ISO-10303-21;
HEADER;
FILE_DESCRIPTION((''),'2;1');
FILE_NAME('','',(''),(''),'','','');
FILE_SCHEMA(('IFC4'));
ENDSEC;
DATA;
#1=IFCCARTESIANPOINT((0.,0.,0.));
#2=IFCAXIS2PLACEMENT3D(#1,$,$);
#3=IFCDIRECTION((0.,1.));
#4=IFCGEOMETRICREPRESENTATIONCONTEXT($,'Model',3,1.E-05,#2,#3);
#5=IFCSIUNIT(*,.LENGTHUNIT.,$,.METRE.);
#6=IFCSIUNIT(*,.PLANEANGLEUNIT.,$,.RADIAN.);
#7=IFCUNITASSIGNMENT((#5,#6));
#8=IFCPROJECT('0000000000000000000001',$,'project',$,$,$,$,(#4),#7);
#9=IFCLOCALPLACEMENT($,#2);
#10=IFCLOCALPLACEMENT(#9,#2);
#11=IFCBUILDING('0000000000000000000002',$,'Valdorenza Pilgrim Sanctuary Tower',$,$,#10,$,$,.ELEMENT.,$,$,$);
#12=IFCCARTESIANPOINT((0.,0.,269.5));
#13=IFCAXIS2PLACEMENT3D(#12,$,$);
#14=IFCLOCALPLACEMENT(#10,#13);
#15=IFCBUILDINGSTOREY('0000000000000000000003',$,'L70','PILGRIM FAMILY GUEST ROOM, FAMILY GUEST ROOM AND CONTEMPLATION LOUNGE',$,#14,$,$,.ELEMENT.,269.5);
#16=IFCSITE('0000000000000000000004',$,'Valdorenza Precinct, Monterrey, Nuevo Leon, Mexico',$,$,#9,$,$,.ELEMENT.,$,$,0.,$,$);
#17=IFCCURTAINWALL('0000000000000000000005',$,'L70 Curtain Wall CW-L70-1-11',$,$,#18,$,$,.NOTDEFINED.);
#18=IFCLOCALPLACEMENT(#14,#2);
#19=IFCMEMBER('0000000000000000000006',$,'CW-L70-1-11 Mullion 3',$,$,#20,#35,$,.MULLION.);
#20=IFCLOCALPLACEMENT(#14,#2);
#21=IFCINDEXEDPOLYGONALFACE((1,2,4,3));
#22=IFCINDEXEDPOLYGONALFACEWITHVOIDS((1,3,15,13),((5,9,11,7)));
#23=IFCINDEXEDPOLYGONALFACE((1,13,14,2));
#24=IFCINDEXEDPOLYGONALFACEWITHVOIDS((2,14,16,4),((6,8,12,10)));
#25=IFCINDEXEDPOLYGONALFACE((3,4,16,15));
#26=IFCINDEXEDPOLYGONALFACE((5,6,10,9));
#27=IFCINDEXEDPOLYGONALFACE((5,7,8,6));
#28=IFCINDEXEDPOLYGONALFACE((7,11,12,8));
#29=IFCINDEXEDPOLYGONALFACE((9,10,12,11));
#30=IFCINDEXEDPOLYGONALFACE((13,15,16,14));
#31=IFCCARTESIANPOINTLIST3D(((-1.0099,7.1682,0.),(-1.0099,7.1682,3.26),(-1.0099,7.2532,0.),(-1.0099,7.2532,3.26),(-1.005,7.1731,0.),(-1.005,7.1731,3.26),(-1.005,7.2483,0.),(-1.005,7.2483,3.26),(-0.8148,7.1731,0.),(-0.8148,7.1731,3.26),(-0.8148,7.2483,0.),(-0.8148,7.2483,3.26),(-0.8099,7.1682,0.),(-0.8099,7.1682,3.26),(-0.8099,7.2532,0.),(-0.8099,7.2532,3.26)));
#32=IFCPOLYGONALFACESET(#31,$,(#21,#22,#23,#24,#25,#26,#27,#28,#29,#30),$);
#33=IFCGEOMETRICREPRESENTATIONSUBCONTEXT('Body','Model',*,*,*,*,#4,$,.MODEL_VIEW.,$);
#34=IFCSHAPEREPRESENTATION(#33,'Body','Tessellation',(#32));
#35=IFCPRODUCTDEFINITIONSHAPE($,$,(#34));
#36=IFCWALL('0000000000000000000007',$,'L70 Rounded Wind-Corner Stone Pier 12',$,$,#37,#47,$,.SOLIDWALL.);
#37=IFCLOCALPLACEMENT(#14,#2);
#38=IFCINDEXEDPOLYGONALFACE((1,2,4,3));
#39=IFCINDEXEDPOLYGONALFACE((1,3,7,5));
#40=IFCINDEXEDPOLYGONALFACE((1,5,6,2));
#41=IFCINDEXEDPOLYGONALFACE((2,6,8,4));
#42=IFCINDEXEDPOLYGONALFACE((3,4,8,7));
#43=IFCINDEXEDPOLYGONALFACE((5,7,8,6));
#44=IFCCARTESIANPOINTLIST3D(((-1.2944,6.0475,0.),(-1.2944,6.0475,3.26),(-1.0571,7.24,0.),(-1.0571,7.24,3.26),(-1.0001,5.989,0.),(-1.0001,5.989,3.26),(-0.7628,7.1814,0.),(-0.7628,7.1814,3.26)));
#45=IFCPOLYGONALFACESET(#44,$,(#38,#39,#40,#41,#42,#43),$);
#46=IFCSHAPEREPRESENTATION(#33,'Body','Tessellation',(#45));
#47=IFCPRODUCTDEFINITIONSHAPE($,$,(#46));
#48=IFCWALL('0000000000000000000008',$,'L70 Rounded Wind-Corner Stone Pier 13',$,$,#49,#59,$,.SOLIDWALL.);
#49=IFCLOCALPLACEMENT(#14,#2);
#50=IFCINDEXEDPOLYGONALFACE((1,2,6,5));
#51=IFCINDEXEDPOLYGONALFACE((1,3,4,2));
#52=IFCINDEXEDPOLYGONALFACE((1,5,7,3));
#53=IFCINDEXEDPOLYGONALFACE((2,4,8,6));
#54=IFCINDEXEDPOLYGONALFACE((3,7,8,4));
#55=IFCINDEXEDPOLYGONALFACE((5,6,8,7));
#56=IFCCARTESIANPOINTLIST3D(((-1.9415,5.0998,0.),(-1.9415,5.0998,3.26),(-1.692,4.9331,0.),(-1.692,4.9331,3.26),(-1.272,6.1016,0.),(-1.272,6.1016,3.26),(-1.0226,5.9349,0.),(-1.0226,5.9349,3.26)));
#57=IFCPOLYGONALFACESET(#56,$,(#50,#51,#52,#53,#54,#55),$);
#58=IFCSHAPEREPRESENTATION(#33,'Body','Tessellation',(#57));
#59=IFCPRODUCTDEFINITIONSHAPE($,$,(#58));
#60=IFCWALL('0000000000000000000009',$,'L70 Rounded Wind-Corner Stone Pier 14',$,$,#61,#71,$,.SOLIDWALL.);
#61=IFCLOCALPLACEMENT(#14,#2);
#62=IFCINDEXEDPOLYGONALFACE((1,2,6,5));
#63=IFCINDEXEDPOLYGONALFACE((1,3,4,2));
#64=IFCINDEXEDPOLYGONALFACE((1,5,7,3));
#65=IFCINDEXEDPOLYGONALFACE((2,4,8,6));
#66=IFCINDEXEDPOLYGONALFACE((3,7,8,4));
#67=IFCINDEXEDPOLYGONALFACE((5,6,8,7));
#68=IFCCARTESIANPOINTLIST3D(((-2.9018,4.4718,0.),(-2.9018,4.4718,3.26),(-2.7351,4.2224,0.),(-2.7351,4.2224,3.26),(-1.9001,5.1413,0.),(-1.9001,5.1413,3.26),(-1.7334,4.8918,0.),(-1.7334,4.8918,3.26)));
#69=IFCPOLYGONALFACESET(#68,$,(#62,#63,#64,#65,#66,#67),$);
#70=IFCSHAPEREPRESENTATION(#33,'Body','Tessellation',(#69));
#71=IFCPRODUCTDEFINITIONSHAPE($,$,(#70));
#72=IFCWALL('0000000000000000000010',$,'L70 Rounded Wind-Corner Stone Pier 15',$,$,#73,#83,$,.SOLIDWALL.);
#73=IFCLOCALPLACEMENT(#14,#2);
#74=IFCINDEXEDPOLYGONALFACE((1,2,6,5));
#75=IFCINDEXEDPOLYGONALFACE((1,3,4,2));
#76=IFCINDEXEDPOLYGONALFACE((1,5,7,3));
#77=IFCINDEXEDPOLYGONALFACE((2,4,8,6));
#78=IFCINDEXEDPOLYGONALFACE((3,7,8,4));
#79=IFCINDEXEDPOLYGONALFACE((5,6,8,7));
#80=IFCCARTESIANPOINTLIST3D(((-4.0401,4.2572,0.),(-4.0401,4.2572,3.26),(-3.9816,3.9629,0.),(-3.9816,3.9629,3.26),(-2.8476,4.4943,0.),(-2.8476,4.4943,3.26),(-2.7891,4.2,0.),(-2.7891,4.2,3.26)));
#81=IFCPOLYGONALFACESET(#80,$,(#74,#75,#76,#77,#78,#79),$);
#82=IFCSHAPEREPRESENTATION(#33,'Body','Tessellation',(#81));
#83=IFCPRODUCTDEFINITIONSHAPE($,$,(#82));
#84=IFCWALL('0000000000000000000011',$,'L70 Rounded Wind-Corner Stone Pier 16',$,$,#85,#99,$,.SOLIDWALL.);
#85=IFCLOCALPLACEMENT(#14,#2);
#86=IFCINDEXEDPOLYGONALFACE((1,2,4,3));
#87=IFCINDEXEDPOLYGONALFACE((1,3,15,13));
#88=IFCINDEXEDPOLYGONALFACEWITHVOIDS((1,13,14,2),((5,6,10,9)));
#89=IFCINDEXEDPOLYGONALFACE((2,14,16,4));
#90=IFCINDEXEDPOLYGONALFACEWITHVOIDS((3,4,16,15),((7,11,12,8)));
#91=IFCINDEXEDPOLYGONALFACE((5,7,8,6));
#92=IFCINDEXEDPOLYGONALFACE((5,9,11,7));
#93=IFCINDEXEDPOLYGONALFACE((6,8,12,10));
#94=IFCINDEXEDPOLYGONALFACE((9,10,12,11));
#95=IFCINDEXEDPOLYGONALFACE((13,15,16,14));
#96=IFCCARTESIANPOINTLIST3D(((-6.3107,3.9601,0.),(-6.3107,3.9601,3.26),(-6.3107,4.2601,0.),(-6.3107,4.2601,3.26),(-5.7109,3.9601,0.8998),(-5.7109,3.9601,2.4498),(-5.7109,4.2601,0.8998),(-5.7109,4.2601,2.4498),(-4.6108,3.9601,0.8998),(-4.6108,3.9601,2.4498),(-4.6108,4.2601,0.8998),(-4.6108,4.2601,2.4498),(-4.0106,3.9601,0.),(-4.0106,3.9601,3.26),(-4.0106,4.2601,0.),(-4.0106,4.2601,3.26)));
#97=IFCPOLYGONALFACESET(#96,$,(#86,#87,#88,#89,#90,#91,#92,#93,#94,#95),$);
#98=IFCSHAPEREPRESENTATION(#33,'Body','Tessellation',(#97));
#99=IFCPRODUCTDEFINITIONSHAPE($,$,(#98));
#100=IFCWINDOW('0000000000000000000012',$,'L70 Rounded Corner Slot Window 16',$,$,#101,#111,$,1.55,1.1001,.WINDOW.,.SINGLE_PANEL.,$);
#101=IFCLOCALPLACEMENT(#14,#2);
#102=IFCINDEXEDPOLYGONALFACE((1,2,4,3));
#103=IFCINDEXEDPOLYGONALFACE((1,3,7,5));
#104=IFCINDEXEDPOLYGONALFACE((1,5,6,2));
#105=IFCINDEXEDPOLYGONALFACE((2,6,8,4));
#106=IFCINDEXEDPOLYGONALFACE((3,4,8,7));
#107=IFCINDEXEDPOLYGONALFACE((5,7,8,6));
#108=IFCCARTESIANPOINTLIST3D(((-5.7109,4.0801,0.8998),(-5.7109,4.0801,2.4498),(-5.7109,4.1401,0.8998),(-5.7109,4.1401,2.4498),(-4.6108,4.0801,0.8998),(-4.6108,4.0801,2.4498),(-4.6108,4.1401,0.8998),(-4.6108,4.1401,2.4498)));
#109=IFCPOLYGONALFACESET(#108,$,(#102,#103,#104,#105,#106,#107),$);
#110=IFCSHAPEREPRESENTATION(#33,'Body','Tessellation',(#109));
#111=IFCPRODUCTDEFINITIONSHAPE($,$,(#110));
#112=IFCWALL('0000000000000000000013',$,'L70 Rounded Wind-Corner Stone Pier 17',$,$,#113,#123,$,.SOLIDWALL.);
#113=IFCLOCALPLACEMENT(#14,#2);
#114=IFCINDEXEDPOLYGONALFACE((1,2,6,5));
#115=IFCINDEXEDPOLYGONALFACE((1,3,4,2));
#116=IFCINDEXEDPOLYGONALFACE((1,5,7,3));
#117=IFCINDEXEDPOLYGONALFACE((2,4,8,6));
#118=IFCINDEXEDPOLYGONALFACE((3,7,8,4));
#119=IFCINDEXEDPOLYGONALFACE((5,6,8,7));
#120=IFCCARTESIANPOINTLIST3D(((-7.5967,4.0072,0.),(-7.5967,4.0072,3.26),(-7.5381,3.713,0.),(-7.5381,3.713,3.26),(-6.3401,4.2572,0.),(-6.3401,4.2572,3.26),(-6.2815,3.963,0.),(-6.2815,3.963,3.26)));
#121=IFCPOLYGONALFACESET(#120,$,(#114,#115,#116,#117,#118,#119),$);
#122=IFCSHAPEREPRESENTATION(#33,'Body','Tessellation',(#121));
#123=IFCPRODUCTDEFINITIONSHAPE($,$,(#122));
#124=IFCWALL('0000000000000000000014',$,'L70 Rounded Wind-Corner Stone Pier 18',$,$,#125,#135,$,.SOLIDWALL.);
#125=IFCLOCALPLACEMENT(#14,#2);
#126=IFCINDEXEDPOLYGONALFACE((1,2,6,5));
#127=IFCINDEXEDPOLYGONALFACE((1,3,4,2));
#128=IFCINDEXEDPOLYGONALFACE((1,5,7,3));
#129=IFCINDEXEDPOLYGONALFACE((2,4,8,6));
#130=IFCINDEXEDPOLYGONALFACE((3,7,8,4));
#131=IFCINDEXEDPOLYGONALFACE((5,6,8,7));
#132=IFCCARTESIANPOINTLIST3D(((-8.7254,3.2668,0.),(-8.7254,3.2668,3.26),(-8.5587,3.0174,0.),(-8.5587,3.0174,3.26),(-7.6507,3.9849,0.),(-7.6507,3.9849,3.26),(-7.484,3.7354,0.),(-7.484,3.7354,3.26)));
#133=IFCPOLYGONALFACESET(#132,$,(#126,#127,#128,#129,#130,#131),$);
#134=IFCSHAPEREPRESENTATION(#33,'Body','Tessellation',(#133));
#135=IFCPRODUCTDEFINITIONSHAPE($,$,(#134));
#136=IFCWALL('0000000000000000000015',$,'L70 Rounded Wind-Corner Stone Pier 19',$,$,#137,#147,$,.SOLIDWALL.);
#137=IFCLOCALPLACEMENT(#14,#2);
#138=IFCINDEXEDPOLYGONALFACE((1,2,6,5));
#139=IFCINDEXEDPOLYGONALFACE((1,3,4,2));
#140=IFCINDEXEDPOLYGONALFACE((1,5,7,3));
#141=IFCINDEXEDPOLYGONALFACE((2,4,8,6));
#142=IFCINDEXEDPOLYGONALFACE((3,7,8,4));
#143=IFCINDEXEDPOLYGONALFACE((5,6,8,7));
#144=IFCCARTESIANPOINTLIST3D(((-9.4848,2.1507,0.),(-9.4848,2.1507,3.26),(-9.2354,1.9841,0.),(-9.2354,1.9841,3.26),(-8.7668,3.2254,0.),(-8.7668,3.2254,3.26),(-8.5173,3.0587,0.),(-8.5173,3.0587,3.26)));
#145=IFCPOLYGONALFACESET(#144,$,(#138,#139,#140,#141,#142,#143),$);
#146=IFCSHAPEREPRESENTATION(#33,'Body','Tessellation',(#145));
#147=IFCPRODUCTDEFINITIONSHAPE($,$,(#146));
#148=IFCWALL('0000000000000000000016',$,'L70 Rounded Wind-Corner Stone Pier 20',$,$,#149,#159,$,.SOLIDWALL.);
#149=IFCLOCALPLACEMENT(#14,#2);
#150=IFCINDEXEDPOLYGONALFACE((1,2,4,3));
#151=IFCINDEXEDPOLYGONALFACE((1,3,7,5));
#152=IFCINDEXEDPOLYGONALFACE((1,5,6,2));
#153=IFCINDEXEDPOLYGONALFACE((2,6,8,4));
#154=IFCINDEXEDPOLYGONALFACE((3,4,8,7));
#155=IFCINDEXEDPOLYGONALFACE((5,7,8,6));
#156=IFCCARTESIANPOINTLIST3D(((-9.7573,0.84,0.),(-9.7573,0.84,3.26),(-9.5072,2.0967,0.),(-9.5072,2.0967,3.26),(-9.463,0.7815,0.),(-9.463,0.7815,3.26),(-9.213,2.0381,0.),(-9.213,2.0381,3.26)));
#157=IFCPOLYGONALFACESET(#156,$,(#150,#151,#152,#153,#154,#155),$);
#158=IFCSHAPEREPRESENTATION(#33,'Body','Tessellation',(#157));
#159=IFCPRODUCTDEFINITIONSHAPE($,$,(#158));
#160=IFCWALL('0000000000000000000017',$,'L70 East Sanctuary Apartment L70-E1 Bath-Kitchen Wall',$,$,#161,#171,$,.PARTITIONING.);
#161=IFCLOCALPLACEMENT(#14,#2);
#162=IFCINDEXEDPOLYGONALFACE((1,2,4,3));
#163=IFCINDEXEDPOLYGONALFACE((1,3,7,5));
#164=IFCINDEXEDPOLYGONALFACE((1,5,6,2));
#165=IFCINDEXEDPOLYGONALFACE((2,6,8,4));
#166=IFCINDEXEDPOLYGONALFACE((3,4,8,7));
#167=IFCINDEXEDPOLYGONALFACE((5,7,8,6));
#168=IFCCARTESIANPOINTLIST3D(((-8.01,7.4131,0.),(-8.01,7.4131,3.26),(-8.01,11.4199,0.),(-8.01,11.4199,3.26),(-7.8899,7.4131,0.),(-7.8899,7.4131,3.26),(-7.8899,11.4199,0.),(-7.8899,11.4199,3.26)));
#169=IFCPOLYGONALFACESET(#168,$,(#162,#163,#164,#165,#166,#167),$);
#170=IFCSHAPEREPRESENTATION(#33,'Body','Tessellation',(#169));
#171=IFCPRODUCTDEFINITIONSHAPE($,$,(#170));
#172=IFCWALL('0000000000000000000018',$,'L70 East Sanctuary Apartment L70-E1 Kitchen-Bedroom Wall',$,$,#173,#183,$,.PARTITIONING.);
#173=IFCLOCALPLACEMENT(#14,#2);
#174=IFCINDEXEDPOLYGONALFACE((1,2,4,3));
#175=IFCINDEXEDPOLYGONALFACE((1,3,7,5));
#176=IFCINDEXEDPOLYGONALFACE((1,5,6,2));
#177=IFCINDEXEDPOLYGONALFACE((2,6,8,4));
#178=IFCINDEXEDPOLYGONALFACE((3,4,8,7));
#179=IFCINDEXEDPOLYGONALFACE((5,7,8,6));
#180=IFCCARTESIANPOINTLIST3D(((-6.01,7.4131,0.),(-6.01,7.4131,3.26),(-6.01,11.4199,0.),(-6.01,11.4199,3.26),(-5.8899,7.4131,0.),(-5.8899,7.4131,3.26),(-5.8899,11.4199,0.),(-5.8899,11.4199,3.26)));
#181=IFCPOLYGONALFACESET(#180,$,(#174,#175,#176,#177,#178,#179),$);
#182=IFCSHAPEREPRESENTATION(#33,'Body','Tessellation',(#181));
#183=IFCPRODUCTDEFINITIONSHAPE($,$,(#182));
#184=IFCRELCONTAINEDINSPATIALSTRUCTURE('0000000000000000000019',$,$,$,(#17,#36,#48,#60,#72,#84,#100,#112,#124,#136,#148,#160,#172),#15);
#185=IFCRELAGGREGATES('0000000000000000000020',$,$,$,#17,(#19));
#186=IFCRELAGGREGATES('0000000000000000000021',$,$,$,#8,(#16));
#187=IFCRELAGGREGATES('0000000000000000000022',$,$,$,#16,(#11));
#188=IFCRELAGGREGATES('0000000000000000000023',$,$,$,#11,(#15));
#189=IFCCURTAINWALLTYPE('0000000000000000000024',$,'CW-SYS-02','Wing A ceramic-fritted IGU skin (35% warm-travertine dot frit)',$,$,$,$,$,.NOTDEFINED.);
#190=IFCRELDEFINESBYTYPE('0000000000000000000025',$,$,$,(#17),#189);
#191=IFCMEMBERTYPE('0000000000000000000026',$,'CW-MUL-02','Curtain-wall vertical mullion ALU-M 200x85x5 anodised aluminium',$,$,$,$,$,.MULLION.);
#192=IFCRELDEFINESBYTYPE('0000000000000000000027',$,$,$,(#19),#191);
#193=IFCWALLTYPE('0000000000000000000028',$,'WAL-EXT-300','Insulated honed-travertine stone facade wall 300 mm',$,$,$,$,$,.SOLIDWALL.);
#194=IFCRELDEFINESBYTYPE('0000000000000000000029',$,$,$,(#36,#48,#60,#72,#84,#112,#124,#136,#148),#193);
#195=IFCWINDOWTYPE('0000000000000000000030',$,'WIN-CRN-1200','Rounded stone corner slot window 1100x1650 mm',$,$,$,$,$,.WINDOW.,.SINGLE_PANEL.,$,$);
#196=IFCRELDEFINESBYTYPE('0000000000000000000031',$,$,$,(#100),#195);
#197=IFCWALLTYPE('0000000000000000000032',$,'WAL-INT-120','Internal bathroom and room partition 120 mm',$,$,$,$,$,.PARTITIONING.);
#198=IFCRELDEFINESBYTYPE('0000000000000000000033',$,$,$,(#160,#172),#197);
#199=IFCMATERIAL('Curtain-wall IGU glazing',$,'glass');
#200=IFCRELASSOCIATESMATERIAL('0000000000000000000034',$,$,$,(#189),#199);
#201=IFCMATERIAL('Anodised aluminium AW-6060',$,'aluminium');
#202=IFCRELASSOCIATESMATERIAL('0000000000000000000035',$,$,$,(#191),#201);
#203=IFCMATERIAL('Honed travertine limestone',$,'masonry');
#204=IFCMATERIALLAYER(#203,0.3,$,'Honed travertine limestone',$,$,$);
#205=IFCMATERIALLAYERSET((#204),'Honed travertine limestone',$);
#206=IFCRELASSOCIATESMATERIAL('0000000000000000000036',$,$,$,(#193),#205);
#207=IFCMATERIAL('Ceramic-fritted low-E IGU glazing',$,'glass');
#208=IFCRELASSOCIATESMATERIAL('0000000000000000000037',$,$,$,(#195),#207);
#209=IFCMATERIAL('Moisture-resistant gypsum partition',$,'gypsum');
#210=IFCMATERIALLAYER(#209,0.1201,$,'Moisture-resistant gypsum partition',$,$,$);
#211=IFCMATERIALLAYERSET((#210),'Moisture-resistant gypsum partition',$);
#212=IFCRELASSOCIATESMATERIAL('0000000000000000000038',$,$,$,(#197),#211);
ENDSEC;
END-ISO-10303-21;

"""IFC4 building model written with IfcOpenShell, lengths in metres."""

from ifc_helpers import new_model, si_unit, direction, frame, frame_2d, origin, origin_2d, place, context, subcontext, project, spatial, rectangle, hollow_rectangle, extrude, source, transform, mapped, material, layer, layer_set, material_profile, profile_set, type_object, element, fill, aggregate, save


model = new_model("IFC4")

# Units and contexts
model_context = context("Model", 3, precision=1e-05, world=origin(), true_north=direction((0.0, 1.0)))
body_context = subcontext(model_context, "Body", "Model", "MODEL_VIEW")
ifc_project = project(units=[si_unit("LENGTHUNIT", "METRE"), si_unit("PLANEANGLEUNIT", "RADIAN")], contexts=[model_context])

# Site, building, storey
site_placement = place(None, origin())
site = spatial("IfcSite", under=ifc_project, at=site_placement, Name="Valdorenza Precinct, Monterrey, Nuevo Leon, Mexico", CompositionType="ELEMENT", RefElevation=0.0)
building_placement = place(site_placement, origin())
building = spatial("IfcBuilding", under=site, at=building_placement, Name="Valdorenza Pilgrim Sanctuary Tower", CompositionType="ELEMENT")
storey_placement = place(building_placement, frame((0.0, 0.0, 269.5)))
storey = spatial("IfcBuildingStorey", under=building, at=storey_placement, Name="L70", Description="PILGRIM FAMILY GUEST ROOM, FAMILY GUEST ROOM AND CONTEMPLATION LOUNGE", CompositionType="ELEMENT", Elevation=269.5)

# Curtain wall, member
ifc_material_1 = material(Name="Curtain-wall IGU glazing", Category="glass")
curtain_wall_type = type_object("IfcCurtainWallType", Name="CW-SYS-02", Description="Wing A ceramic-fritted IGU skin (35% warm-travertine dot frit)", PredefinedType="NOTDEFINED", material=ifc_material_1)
curtain_wall_placement = place(storey_placement, origin())
curtain_wall = element("IfcCurtainWall", 1, at=curtain_wall_placement, inside=storey, type_object=curtain_wall_type, Name="L70 Curtain Wall CW-L70-1-11", PredefinedType="NOTDEFINED")
ifc_material_2 = material(Name="Anodised aluminium AW-6060", Category="aluminium")
ifc_material_profile = material_profile(ifc_material_2, hollow_rectangle(XDim=0.085, YDim=0.2, WallThickness=0.0049, at=origin_2d()), Name="ALU-M 200x85x5")
ifc_profile_set = profile_set([ifc_material_profile], Name="Anodised aluminium AW-6060")
member_type = type_object("IfcMemberType", Name="CW-MUL-02", Description="Curtain-wall vertical mullion ALU-M 200x85x5 anodised aluminium", PredefinedType="MULLION", material=ifc_profile_set)
shared_shape = source(origin(), body_context, "Body", "SweptSolid", [
    extrude(hollow_rectangle(XDim=0.085, YDim=0.2, WallThickness=0.0049, at=origin_2d()), origin(), (0.0, 0.0, 1.0), 3.26),
])
member_placement = place(storey_placement, frame((-0.9099, 7.2107, 0.0), z_axis=(0.0, 0.0, 1.0), x_axis=(0.0, -1.0, 0.0)))
member = element("IfcMember", 2, at=member_placement, type_object=member_type, Name="CW-L70-1-11 Mullion 3", PredefinedType="MULLION", context=body_context, shape_type="MappedRepresentation", body=[
    mapped(shared_shape, transform((0.0, 0.0, 0.0), x_axis=(1.0, 0.0, 0.0), y_axis=(0.0, 1.0, 0.0), z_axis=(0.0, 0.0, 1.0), scale=1.0)),
])
aggregate(curtain_wall, [member])

# Walls
ifc_material_3 = material(Name="Honed travertine limestone", Category="masonry")
ifc_layer_1 = layer(ifc_material_3, 0.3, Name="Honed travertine limestone")
ifc_layer_set_1 = layer_set([ifc_layer_1], Name="Honed travertine limestone")
wall_type_1 = type_object("IfcWallType", Name="WAL-EXT-300", Description="Insulated honed-travertine stone facade wall 300 mm", PredefinedType="SOLIDWALL", material=ifc_layer_set_1)
wall_1_placement = place(storey_placement, frame((-0.9099, 7.2107, 0.0), z_axis=(0.0, 0.0, 1.0), x_axis=(-0.195189, -0.980766, 0.0)))
element("IfcWall", 3, at=wall_1_placement, inside=storey, type_object=wall_type_1, Name="L70 Rounded Wind-Corner Stone Pier 12", PredefinedType="SOLIDWALL", context=body_context, shape_type="SweptSolid", body=[
    extrude(rectangle(XDim=1.2158, YDim=0.3, at=frame_2d((0.6079, 0.0))), origin(), (0.0, 0.0, 1.0), 3.26),
])
for number, where, z_axis, x_axis, name in (
    (4, (-1.1472, 6.0183, 0.0), (0.0, 0.0, 1.0), (-0.555635, -0.831426, 0.0), "L70 Rounded Wind-Corner Stone Pier 13"),
    (5, (-1.8167, 5.0166, 0.0), (0.0, 0.0, 1.0), (-0.831426, -0.555635, 0.0), "L70 Rounded Wind-Corner Stone Pier 14"),
):
    element("IfcWall", number, at=place(storey_placement, frame(where, z_axis=z_axis, x_axis=x_axis)), inside=storey, type_object=wall_type_1, Name=name, PredefinedType="SOLIDWALL", context=body_context, shape_type="SweptSolid", body=[
        extrude(rectangle(XDim=1.2048, YDim=0.3, at=frame_2d((0.6025, 0.0))), origin(), (0.0, 0.0, 1.0), 3.26),
    ])
wall_2_placement = place(storey_placement, frame((-2.8184, 4.3472, 0.0), z_axis=(0.0, 0.0, 1.0), x_axis=(-0.980804, -0.194996, 0.0)))
element("IfcWall", 6, at=wall_2_placement, inside=storey, type_object=wall_type_1, Name="L70 Rounded Wind-Corner Stone Pier 15", PredefinedType="SOLIDWALL", context=body_context, shape_type="SweptSolid", body=[
    extrude(rectangle(XDim=1.2158, YDim=0.3, at=frame_2d((0.6079, 0.0))), origin(), (0.0, 0.0, 1.0), 3.26),
])

# Wall, opening, window
wall_3_placement = place(storey_placement, frame((-4.0107, 4.1101, 0.0), z_axis=(0.0, 0.0, 1.0), x_axis=(-1.0, 0.0, 0.0)))
wall_3 = element("IfcWall", 7, at=wall_3_placement, inside=storey, type_object=wall_type_1, Name="L70 Rounded Wind-Corner Stone Pier 16", PredefinedType="SOLIDWALL", context=body_context, shape_type="SweptSolid", body=[
    extrude(rectangle(XDim=2.3, YDim=0.3, at=frame_2d((1.1499, 0.0))), origin(), (0.0, 0.0, 1.0), 3.26),
])
opening_1_placement = place(wall_3_placement, frame((0.6001, 0.0, 0.8999)))
opening_1 = element("IfcOpeningElement", 8, at=opening_1_placement, cuts=wall_3, PredefinedType="OPENING", context=body_context, shape_type="SweptSolid", body=[
    extrude(rectangle(XDim=1.1001, YDim=1.55, at=frame_2d((0.55, 0.7749))), frame((0.0, 0.165, 0.0), z_axis=(0.0, -1.0, 0.0), x_axis=(1.0, 0.0, 0.0)), (0.0, 0.0, 1.0), 0.3298),
])
ifc_material_4 = material(Name="Ceramic-fritted low-E IGU glazing", Category="glass")
window_type = type_object("IfcWindowType", Name="WIN-CRN-1200", Description="Rounded stone corner slot window 1100x1650 mm", PartitioningType="SINGLE_PANEL", PredefinedType="WINDOW", material=ifc_material_4)
window_placement = place(opening_1_placement, origin())
window = element("IfcWindow", 9, at=window_placement, inside=storey, type_object=window_type, Name="L70 Rounded Corner Slot Window 16", OverallHeight=1.55, OverallWidth=1.1001, PartitioningType="SINGLE_PANEL", PredefinedType="WINDOW", context=body_context, shape_type="SweptSolid", body=[
    extrude(rectangle(XDim=1.1001, YDim=1.55, at=frame_2d((0.55, 0.7749))), frame((0.0, 0.03, 0.0), z_axis=(0.0, -1.0, 0.0), x_axis=(1.0, 0.0, 0.0)), (0.0, 0.0, 1.0), 0.0601),
])
fill(opening_1, window)

# Walls
wall_4_placement = place(storey_placement, frame((-6.3108, 4.1101, 0.0), z_axis=(0.0, 0.0, 1.0), x_axis=(-0.980778, -0.195127, 0.0)))
element("IfcWall", 10, at=wall_4_placement, inside=storey, type_object=wall_type_1, Name="L70 Rounded Wind-Corner Stone Pier 17", PredefinedType="SOLIDWALL", context=body_context, shape_type="SweptSolid", body=[
    extrude(rectangle(XDim=1.2812, YDim=0.3, at=frame_2d((0.6406, 0.0))), origin(), (0.0, 0.0, 1.0), 3.26),
])
for number, where, z_axis, x_axis, name in (
    (11, (-7.5674, 3.8601, 0.0), (0.0, 0.0, 1.0), (-0.831498, -0.555528, 0.0), "L70 Rounded Wind-Corner Stone Pier 18"),
    (12, (-8.6421, 3.1421, 0.0), (0.0, 0.0, 1.0), (-0.555528, -0.831498, 0.0), "L70 Rounded Wind-Corner Stone Pier 19"),
):
    element("IfcWall", number, at=place(storey_placement, frame(where, z_axis=z_axis, x_axis=x_axis)), inside=storey, type_object=wall_type_1, Name=name, PredefinedType="SOLIDWALL", context=body_context, shape_type="SweptSolid", body=[
        extrude(rectangle(XDim=1.2925, YDim=0.3, at=frame_2d((0.6462, 0.0))), origin(), (0.0, 0.0, 1.0), 3.26),
    ])
wall_5_placement = place(storey_placement, frame((-9.3601, 2.0674, 0.0), z_axis=(0.0, 0.0, 1.0), x_axis=(-0.195127, -0.980778, 0.0)))
element("IfcWall", 13, at=wall_5_placement, inside=storey, type_object=wall_type_1, Name="L70 Rounded Wind-Corner Stone Pier 20", PredefinedType="SOLIDWALL", context=body_context, shape_type="SweptSolid", body=[
    extrude(rectangle(XDim=1.2812, YDim=0.3, at=frame_2d((0.6406, 0.0))), origin(), (0.0, 0.0, 1.0), 3.26),
])
ifc_material_5 = material(Name="Moisture-resistant gypsum partition", Category="gypsum")
ifc_layer_2 = layer(ifc_material_5, 0.1201, Name="Moisture-resistant gypsum partition")
ifc_layer_set_2 = layer_set([ifc_layer_2], Name="Moisture-resistant gypsum partition")
wall_type_2 = type_object("IfcWallType", Name="WAL-INT-120", Description="Internal bathroom and room partition 120 mm", PredefinedType="PARTITIONING", material=ifc_layer_set_2)
for number, where, z_axis, x_axis, name in (
    (14, (-7.95, 7.4131, 0.0), (0.0, 0.0, 1.0), (0.0, 1.0, 0.0), "L70 East Sanctuary Apartment L70-E1 Bath-Kitchen Wall"),
    (15, (-5.95, 7.4131, 0.0), (0.0, 0.0, 1.0), (0.0, 1.0, 0.0), "L70 East Sanctuary Apartment L70-E1 Kitchen-Bedroom Wall"),
):
    element("IfcWall", number, at=place(storey_placement, frame(where, z_axis=z_axis, x_axis=x_axis)), inside=storey, type_object=wall_type_2, Name=name, PredefinedType="PARTITIONING", context=body_context, shape_type="SweptSolid", body=[
        extrude(rectangle(XDim=4.0068, YDim=0.1201, at=frame_2d((2.0034, 0.0))), origin(), (0.0, 0.0, 1.0), 3.26),
    ])

save(model, "model.ifc")
